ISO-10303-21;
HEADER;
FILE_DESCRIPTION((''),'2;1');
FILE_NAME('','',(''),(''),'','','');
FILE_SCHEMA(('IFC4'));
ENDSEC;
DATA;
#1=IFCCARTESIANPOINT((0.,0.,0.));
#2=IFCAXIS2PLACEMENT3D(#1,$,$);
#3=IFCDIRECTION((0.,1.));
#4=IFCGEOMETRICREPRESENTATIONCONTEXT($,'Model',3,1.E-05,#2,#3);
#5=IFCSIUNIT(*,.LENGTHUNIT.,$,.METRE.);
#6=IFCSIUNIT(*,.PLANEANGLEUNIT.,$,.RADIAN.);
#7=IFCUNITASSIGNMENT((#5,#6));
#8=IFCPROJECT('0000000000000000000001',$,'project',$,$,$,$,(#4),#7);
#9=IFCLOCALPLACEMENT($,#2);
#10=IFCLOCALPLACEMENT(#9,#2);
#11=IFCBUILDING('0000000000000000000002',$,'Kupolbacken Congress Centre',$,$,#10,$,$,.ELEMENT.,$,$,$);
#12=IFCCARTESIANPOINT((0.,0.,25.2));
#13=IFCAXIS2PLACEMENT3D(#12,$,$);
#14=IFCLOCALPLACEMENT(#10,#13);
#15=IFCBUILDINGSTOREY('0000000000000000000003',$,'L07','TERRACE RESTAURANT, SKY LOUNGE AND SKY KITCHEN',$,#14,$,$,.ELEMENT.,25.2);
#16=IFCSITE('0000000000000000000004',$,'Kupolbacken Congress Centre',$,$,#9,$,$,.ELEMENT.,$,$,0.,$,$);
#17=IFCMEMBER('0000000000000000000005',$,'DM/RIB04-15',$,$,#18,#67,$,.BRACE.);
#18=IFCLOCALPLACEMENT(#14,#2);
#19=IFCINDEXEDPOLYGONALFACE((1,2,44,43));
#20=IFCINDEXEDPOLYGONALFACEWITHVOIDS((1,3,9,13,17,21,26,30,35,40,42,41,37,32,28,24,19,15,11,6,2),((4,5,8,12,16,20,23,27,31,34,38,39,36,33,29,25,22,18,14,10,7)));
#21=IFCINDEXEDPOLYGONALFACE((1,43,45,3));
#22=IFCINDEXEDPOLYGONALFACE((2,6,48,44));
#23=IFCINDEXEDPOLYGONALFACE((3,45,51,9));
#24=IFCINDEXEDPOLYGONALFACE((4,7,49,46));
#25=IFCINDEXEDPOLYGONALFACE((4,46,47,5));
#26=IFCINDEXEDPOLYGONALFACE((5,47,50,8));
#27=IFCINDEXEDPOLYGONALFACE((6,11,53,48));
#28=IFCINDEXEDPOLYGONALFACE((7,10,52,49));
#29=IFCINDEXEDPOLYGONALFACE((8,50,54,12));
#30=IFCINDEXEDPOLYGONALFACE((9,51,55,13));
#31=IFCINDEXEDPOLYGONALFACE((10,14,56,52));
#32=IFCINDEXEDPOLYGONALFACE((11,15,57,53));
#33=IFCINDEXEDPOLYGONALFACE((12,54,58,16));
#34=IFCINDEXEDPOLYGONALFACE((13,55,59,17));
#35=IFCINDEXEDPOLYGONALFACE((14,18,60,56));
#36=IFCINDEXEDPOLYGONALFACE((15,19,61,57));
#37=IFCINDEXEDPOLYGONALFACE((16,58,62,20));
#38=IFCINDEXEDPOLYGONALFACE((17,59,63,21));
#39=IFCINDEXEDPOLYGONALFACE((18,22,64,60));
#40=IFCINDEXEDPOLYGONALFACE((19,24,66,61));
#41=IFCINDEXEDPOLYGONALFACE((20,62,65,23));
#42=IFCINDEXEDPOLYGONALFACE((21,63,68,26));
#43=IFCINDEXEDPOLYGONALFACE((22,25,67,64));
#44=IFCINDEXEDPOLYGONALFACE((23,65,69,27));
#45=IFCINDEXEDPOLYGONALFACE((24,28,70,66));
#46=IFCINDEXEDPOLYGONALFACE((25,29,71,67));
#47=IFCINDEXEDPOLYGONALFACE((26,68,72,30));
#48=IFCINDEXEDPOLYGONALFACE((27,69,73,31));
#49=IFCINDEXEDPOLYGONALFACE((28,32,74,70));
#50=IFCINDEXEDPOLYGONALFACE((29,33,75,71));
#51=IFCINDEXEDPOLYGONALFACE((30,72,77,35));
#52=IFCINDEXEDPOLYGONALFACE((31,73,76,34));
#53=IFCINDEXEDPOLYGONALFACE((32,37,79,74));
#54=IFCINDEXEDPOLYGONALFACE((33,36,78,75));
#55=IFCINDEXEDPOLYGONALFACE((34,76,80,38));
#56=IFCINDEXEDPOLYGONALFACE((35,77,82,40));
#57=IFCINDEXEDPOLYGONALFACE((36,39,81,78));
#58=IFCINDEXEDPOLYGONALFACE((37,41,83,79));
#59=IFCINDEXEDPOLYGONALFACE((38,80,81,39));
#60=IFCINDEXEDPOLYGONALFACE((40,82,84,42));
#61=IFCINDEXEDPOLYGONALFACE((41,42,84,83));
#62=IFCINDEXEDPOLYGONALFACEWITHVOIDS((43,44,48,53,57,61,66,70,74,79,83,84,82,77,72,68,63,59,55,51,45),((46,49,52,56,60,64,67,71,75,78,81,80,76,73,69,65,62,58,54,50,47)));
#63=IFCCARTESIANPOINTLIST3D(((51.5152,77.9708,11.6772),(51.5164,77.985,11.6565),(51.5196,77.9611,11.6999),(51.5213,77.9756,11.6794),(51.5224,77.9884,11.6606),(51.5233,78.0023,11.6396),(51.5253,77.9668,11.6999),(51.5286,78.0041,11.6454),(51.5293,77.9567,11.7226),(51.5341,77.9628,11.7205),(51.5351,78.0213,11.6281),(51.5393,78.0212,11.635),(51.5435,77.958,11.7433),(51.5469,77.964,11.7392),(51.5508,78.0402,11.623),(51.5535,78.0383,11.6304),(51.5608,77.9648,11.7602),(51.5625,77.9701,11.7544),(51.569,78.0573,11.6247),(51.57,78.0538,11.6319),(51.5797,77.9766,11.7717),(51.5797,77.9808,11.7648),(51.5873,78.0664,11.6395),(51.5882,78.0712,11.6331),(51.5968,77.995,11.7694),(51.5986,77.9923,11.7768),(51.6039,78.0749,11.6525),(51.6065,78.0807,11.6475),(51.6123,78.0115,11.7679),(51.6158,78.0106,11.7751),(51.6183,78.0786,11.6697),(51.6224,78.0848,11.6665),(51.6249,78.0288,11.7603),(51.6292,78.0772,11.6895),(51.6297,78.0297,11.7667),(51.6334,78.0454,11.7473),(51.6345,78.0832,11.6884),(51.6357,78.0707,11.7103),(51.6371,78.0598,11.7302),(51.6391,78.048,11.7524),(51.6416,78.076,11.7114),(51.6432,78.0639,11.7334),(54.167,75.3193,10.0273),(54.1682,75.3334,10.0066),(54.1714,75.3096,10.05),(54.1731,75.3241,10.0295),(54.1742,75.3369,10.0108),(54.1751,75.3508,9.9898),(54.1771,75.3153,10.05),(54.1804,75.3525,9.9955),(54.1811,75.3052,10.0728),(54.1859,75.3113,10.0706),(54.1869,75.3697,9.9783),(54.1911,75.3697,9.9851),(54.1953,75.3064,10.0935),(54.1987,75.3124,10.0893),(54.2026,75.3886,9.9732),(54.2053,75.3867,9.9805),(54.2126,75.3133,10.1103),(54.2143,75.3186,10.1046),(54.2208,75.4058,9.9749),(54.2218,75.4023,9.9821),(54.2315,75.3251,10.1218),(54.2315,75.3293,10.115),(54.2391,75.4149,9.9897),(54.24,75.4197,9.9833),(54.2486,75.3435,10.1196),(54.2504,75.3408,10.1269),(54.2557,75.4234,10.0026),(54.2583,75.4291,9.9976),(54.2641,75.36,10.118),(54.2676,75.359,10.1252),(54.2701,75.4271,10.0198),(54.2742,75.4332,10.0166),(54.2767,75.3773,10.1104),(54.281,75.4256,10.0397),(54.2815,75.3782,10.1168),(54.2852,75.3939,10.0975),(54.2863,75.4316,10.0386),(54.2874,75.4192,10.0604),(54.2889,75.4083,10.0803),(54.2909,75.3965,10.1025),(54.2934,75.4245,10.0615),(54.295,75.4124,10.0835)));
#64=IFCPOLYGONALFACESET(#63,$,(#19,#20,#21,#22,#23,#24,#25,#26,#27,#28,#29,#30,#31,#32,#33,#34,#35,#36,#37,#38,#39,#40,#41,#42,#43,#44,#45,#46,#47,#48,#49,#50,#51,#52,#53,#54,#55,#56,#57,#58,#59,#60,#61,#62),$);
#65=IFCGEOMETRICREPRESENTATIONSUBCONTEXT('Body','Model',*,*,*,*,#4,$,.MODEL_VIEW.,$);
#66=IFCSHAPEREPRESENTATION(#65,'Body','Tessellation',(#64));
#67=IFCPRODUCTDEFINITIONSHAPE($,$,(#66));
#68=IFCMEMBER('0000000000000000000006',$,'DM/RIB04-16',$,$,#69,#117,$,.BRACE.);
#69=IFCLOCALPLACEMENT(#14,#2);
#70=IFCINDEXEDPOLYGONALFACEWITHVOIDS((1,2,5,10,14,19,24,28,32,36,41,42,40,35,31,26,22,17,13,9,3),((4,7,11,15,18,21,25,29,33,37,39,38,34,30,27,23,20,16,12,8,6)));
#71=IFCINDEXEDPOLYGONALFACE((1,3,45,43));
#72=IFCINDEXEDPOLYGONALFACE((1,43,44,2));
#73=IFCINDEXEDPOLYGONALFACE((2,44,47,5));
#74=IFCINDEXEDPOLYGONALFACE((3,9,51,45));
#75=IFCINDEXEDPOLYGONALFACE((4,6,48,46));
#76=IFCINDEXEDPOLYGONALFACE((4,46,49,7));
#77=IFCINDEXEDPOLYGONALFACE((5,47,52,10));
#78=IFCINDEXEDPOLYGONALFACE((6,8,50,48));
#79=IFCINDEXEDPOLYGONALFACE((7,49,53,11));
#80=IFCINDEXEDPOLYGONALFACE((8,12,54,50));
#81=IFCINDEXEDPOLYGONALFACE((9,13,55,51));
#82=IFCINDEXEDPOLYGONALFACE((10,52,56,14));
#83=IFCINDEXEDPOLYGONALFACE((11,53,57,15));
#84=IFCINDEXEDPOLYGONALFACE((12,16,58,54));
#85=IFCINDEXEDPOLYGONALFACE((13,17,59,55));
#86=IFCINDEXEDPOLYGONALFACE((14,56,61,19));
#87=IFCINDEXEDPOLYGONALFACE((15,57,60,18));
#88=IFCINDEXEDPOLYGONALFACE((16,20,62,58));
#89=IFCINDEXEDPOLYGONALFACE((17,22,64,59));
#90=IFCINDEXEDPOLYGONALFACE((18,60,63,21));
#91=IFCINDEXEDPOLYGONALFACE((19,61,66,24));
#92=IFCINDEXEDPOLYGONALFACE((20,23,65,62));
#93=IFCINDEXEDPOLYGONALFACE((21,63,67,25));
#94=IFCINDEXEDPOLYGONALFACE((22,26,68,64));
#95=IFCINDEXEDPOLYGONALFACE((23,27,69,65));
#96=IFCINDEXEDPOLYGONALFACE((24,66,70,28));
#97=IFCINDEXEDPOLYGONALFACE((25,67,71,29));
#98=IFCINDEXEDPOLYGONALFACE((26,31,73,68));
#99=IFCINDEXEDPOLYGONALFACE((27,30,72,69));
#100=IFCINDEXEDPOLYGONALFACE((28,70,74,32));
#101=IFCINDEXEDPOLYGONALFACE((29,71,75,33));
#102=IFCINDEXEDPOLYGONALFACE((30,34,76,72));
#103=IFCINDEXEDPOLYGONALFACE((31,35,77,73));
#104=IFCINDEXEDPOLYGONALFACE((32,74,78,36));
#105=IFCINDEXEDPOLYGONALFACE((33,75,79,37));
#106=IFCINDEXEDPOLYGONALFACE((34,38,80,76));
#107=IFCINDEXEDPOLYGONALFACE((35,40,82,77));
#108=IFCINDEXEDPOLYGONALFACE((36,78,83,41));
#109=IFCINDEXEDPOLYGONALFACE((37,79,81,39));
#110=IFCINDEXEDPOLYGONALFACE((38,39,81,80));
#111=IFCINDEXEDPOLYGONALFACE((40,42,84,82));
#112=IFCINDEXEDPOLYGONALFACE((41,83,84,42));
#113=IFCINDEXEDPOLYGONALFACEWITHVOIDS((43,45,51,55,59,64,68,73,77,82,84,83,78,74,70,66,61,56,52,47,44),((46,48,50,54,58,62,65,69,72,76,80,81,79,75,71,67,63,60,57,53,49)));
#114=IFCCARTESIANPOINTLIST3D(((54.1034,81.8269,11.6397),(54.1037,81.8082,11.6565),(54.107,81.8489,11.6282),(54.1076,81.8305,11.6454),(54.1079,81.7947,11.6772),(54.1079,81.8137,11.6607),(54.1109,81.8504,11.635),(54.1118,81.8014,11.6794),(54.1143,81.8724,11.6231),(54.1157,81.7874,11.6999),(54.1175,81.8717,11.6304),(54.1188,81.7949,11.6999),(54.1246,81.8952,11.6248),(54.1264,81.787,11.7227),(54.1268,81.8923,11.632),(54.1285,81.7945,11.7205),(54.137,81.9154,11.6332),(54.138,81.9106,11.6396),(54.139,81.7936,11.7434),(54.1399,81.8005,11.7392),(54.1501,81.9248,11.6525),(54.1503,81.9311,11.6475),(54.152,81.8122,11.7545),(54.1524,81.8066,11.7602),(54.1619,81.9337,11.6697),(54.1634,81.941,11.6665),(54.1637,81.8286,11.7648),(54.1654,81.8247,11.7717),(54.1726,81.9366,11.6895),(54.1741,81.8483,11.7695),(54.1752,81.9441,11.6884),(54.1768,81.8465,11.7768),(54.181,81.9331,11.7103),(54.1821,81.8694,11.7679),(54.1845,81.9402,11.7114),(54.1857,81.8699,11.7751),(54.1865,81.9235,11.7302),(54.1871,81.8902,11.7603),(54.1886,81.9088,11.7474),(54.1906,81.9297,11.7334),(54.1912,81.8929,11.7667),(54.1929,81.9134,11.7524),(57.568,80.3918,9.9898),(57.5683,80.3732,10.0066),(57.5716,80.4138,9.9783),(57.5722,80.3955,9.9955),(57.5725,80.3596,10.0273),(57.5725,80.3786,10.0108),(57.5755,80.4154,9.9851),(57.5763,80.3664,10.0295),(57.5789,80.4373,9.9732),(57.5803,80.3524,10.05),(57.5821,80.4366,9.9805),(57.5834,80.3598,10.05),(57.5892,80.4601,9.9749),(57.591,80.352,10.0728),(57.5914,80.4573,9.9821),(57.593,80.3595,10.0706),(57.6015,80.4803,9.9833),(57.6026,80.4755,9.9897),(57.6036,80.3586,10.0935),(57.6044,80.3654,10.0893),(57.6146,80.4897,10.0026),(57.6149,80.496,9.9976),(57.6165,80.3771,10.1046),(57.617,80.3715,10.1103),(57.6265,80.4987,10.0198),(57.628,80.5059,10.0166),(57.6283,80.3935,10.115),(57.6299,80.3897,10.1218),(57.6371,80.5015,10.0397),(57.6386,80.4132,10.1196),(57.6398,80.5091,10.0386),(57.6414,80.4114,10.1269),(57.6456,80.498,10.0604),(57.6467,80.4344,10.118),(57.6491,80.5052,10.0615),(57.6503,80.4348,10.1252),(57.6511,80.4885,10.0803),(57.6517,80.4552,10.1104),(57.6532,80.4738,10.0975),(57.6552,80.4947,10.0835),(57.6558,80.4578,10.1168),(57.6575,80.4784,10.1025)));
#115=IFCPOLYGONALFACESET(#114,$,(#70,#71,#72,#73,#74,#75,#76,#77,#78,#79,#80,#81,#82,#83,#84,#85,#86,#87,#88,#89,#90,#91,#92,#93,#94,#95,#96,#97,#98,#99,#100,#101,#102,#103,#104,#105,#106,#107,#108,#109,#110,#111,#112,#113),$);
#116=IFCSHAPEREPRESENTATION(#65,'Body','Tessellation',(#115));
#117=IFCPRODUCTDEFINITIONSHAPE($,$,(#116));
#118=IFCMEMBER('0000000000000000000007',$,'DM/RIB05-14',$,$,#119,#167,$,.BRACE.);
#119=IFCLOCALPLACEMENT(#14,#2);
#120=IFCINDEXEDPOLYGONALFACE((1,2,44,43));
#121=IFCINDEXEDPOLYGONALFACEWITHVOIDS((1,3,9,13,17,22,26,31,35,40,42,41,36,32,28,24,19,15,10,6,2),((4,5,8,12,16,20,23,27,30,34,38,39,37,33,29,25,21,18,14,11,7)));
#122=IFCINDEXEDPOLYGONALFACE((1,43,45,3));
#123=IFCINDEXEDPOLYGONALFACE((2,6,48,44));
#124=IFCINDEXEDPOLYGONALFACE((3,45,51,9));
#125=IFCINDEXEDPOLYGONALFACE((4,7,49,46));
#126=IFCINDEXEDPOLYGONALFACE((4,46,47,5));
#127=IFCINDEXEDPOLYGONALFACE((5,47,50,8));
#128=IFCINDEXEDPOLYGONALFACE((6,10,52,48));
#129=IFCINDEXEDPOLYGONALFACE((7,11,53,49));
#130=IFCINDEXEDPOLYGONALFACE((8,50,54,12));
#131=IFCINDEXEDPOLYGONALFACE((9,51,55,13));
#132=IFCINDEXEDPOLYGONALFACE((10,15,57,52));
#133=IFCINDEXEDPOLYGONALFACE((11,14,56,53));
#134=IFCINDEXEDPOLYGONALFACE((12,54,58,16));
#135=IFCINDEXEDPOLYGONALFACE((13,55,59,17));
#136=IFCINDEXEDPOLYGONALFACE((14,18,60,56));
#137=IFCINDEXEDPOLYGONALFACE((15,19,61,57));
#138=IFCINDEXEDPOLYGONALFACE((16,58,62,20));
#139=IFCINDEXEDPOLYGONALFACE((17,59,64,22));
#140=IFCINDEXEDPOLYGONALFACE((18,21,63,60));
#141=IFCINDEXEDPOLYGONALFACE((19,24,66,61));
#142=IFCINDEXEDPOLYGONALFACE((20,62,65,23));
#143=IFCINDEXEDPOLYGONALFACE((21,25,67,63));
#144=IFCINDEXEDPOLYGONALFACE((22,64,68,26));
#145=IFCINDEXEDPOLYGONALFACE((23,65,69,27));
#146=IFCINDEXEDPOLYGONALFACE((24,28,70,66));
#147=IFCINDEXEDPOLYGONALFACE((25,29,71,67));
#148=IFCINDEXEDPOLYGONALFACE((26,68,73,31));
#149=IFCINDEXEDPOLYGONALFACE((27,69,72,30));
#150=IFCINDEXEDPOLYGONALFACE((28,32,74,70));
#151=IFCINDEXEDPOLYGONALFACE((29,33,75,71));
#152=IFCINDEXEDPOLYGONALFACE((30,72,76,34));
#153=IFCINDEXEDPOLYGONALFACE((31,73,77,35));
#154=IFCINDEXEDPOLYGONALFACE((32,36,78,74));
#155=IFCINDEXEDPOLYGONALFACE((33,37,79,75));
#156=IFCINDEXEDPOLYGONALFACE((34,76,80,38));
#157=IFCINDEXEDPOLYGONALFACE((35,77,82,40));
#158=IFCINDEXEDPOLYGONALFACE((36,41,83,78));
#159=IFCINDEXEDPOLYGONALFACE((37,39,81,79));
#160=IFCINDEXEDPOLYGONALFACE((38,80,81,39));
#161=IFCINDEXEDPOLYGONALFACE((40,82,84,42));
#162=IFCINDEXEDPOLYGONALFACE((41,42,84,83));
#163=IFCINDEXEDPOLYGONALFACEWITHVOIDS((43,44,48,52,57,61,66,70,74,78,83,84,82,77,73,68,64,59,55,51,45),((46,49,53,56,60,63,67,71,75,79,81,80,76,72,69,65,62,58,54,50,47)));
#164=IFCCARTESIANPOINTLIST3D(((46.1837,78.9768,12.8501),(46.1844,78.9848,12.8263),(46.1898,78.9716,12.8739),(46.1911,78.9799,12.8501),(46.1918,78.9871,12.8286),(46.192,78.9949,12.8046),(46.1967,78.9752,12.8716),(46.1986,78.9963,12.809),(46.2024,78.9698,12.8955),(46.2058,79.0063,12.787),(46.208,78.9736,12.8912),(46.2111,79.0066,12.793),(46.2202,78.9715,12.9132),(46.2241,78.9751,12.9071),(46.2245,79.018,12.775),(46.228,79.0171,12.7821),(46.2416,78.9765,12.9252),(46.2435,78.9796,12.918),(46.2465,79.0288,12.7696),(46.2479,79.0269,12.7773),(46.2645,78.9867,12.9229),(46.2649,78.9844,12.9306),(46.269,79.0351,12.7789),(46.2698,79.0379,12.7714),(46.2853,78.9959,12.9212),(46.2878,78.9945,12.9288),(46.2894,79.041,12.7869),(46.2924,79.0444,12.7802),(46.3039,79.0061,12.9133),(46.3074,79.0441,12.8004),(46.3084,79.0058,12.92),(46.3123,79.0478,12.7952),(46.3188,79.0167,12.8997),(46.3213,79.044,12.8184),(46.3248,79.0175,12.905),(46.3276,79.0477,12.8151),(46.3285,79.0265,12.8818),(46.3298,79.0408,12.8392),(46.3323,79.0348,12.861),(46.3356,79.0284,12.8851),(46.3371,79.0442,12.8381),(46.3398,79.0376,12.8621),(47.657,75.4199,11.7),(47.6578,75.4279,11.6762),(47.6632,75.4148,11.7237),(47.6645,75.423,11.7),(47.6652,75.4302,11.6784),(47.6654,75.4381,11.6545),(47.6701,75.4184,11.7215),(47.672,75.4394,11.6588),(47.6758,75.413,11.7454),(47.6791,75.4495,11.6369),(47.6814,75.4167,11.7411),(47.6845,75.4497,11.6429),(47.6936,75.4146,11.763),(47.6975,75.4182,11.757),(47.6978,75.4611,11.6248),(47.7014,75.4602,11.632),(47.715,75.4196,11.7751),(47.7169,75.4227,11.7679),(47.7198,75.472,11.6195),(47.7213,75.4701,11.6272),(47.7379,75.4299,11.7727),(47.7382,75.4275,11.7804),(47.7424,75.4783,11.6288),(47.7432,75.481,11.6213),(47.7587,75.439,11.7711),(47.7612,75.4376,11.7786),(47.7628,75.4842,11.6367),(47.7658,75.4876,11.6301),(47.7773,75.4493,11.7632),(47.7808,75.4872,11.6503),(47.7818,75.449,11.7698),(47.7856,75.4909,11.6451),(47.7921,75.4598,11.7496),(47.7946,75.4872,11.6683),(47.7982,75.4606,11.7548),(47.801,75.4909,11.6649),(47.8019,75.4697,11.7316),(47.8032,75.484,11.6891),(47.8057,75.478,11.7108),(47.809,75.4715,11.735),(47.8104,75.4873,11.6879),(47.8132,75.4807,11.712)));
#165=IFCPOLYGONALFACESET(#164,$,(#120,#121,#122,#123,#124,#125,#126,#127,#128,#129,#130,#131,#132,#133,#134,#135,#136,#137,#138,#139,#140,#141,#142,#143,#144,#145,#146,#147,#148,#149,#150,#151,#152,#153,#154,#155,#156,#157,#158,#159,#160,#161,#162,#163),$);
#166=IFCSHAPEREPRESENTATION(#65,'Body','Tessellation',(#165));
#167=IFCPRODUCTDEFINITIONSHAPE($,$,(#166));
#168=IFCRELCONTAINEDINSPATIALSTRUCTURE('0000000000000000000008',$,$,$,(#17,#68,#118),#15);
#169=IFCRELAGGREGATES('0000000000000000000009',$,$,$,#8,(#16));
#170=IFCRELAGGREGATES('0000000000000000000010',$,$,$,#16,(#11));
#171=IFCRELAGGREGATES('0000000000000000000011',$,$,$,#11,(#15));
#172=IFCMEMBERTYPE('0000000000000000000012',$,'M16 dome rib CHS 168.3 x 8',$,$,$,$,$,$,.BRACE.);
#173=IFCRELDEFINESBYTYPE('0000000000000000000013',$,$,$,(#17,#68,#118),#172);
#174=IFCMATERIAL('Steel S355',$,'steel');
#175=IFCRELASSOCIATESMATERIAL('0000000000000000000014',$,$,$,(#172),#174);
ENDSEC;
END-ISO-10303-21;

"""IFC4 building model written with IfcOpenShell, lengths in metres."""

from ifc_helpers import new_model, si_unit, direction, frame, origin, origin_2d, place, context, subcontext, project, spatial, hollow_circle, extrude, material, material_profile, profile_set, type_object, element, save


model = new_model("IFC4")

# Units and contexts
model_context = context("Model", 3, precision=1e-05, world=origin(), true_north=direction((0.0, 1.0)))
body_context = subcontext(model_context, "Body", "Model", "MODEL_VIEW")
ifc_project = project(units=[si_unit("LENGTHUNIT", "METRE"), si_unit("PLANEANGLEUNIT", "RADIAN")], contexts=[model_context])

# Site, building, storey
site_placement = place(None, origin())
site = spatial("IfcSite", under=ifc_project, at=site_placement, Name="Kupolbacken Congress Centre", CompositionType="ELEMENT", RefElevation=0.0)
building_placement = place(site_placement, origin())
building = spatial("IfcBuilding", under=site, at=building_placement, Name="Kupolbacken Congress Centre", CompositionType="ELEMENT")
storey_placement = place(building_placement, frame((0.0, 0.0, 25.2)))
storey = spatial("IfcBuildingStorey", under=building, at=storey_placement, Name="L07", Description="TERRACE RESTAURANT, SKY LOUNGE AND SKY KITCHEN", CompositionType="ELEMENT", Elevation=25.2)

# Members
ifc_material_1 = material(Name="Steel S355", Category="steel")
ifc_material_profile_1 = material_profile(ifc_material_1, hollow_circle(Radius=0.0842, WallThickness=0.0081, at=origin_2d()), Name="CHS 168.3 x 8")
ifc_profile_set_1 = profile_set([ifc_material_profile_1], Name="Steel S355")
member_type_1 = type_object("IfcMemberType", Name="M16 dome rib CHS 168.3 x 8", PredefinedType="BRACE", material=ifc_profile_set_1)
for number, where, z_axis, x_axis, name in (
    (1, (54.231, 75.3691, 10.05), (-0.647265, 0.647205, 0.402708), (-0.707074, -0.707139, 0.0), "DM/RIB04-15"),
    (2, (57.6125, 80.4302, 10.05), (-0.845653, 0.350275, 0.402715), (-0.382678, -0.923882, 0.0), "DM/RIB04-16"),
):
    element("IfcMember", number, at=place(storey_placement, frame(where, z_axis=z_axis, x_axis=x_axis)), inside=storey, type_object=member_type_1, Name=name, PredefinedType="BRACE", context=body_context, shape_type="SweptSolid", body=[
        extrude(hollow_circle(Radius=0.0842, WallThickness=0.0081, at=origin_2d()), origin(), (0.0, 0.0, 1.0), 4.0969),
    ])
for number, where, z_axis, x_axis, name in (
    (3, (47.7349, 75.4521, 11.7), (-0.366688, 0.885215, 0.286241), (-0.923872, -0.382701, 0.0), "DM/RIB05-14"),
):
    element("IfcMember", number, at=place(storey_placement, frame(where, z_axis=z_axis, x_axis=x_axis)), inside=storey, type_object=member_type_1, Name=name, PredefinedType="BRACE", context=body_context, shape_type="SweptSolid", body=[
        extrude(hollow_circle(Radius=0.0842, WallThickness=0.0081, at=origin_2d()), origin(), (0.0, 0.0, 1.0), 4.0181),
    ])

save(model, "model.ifc")
